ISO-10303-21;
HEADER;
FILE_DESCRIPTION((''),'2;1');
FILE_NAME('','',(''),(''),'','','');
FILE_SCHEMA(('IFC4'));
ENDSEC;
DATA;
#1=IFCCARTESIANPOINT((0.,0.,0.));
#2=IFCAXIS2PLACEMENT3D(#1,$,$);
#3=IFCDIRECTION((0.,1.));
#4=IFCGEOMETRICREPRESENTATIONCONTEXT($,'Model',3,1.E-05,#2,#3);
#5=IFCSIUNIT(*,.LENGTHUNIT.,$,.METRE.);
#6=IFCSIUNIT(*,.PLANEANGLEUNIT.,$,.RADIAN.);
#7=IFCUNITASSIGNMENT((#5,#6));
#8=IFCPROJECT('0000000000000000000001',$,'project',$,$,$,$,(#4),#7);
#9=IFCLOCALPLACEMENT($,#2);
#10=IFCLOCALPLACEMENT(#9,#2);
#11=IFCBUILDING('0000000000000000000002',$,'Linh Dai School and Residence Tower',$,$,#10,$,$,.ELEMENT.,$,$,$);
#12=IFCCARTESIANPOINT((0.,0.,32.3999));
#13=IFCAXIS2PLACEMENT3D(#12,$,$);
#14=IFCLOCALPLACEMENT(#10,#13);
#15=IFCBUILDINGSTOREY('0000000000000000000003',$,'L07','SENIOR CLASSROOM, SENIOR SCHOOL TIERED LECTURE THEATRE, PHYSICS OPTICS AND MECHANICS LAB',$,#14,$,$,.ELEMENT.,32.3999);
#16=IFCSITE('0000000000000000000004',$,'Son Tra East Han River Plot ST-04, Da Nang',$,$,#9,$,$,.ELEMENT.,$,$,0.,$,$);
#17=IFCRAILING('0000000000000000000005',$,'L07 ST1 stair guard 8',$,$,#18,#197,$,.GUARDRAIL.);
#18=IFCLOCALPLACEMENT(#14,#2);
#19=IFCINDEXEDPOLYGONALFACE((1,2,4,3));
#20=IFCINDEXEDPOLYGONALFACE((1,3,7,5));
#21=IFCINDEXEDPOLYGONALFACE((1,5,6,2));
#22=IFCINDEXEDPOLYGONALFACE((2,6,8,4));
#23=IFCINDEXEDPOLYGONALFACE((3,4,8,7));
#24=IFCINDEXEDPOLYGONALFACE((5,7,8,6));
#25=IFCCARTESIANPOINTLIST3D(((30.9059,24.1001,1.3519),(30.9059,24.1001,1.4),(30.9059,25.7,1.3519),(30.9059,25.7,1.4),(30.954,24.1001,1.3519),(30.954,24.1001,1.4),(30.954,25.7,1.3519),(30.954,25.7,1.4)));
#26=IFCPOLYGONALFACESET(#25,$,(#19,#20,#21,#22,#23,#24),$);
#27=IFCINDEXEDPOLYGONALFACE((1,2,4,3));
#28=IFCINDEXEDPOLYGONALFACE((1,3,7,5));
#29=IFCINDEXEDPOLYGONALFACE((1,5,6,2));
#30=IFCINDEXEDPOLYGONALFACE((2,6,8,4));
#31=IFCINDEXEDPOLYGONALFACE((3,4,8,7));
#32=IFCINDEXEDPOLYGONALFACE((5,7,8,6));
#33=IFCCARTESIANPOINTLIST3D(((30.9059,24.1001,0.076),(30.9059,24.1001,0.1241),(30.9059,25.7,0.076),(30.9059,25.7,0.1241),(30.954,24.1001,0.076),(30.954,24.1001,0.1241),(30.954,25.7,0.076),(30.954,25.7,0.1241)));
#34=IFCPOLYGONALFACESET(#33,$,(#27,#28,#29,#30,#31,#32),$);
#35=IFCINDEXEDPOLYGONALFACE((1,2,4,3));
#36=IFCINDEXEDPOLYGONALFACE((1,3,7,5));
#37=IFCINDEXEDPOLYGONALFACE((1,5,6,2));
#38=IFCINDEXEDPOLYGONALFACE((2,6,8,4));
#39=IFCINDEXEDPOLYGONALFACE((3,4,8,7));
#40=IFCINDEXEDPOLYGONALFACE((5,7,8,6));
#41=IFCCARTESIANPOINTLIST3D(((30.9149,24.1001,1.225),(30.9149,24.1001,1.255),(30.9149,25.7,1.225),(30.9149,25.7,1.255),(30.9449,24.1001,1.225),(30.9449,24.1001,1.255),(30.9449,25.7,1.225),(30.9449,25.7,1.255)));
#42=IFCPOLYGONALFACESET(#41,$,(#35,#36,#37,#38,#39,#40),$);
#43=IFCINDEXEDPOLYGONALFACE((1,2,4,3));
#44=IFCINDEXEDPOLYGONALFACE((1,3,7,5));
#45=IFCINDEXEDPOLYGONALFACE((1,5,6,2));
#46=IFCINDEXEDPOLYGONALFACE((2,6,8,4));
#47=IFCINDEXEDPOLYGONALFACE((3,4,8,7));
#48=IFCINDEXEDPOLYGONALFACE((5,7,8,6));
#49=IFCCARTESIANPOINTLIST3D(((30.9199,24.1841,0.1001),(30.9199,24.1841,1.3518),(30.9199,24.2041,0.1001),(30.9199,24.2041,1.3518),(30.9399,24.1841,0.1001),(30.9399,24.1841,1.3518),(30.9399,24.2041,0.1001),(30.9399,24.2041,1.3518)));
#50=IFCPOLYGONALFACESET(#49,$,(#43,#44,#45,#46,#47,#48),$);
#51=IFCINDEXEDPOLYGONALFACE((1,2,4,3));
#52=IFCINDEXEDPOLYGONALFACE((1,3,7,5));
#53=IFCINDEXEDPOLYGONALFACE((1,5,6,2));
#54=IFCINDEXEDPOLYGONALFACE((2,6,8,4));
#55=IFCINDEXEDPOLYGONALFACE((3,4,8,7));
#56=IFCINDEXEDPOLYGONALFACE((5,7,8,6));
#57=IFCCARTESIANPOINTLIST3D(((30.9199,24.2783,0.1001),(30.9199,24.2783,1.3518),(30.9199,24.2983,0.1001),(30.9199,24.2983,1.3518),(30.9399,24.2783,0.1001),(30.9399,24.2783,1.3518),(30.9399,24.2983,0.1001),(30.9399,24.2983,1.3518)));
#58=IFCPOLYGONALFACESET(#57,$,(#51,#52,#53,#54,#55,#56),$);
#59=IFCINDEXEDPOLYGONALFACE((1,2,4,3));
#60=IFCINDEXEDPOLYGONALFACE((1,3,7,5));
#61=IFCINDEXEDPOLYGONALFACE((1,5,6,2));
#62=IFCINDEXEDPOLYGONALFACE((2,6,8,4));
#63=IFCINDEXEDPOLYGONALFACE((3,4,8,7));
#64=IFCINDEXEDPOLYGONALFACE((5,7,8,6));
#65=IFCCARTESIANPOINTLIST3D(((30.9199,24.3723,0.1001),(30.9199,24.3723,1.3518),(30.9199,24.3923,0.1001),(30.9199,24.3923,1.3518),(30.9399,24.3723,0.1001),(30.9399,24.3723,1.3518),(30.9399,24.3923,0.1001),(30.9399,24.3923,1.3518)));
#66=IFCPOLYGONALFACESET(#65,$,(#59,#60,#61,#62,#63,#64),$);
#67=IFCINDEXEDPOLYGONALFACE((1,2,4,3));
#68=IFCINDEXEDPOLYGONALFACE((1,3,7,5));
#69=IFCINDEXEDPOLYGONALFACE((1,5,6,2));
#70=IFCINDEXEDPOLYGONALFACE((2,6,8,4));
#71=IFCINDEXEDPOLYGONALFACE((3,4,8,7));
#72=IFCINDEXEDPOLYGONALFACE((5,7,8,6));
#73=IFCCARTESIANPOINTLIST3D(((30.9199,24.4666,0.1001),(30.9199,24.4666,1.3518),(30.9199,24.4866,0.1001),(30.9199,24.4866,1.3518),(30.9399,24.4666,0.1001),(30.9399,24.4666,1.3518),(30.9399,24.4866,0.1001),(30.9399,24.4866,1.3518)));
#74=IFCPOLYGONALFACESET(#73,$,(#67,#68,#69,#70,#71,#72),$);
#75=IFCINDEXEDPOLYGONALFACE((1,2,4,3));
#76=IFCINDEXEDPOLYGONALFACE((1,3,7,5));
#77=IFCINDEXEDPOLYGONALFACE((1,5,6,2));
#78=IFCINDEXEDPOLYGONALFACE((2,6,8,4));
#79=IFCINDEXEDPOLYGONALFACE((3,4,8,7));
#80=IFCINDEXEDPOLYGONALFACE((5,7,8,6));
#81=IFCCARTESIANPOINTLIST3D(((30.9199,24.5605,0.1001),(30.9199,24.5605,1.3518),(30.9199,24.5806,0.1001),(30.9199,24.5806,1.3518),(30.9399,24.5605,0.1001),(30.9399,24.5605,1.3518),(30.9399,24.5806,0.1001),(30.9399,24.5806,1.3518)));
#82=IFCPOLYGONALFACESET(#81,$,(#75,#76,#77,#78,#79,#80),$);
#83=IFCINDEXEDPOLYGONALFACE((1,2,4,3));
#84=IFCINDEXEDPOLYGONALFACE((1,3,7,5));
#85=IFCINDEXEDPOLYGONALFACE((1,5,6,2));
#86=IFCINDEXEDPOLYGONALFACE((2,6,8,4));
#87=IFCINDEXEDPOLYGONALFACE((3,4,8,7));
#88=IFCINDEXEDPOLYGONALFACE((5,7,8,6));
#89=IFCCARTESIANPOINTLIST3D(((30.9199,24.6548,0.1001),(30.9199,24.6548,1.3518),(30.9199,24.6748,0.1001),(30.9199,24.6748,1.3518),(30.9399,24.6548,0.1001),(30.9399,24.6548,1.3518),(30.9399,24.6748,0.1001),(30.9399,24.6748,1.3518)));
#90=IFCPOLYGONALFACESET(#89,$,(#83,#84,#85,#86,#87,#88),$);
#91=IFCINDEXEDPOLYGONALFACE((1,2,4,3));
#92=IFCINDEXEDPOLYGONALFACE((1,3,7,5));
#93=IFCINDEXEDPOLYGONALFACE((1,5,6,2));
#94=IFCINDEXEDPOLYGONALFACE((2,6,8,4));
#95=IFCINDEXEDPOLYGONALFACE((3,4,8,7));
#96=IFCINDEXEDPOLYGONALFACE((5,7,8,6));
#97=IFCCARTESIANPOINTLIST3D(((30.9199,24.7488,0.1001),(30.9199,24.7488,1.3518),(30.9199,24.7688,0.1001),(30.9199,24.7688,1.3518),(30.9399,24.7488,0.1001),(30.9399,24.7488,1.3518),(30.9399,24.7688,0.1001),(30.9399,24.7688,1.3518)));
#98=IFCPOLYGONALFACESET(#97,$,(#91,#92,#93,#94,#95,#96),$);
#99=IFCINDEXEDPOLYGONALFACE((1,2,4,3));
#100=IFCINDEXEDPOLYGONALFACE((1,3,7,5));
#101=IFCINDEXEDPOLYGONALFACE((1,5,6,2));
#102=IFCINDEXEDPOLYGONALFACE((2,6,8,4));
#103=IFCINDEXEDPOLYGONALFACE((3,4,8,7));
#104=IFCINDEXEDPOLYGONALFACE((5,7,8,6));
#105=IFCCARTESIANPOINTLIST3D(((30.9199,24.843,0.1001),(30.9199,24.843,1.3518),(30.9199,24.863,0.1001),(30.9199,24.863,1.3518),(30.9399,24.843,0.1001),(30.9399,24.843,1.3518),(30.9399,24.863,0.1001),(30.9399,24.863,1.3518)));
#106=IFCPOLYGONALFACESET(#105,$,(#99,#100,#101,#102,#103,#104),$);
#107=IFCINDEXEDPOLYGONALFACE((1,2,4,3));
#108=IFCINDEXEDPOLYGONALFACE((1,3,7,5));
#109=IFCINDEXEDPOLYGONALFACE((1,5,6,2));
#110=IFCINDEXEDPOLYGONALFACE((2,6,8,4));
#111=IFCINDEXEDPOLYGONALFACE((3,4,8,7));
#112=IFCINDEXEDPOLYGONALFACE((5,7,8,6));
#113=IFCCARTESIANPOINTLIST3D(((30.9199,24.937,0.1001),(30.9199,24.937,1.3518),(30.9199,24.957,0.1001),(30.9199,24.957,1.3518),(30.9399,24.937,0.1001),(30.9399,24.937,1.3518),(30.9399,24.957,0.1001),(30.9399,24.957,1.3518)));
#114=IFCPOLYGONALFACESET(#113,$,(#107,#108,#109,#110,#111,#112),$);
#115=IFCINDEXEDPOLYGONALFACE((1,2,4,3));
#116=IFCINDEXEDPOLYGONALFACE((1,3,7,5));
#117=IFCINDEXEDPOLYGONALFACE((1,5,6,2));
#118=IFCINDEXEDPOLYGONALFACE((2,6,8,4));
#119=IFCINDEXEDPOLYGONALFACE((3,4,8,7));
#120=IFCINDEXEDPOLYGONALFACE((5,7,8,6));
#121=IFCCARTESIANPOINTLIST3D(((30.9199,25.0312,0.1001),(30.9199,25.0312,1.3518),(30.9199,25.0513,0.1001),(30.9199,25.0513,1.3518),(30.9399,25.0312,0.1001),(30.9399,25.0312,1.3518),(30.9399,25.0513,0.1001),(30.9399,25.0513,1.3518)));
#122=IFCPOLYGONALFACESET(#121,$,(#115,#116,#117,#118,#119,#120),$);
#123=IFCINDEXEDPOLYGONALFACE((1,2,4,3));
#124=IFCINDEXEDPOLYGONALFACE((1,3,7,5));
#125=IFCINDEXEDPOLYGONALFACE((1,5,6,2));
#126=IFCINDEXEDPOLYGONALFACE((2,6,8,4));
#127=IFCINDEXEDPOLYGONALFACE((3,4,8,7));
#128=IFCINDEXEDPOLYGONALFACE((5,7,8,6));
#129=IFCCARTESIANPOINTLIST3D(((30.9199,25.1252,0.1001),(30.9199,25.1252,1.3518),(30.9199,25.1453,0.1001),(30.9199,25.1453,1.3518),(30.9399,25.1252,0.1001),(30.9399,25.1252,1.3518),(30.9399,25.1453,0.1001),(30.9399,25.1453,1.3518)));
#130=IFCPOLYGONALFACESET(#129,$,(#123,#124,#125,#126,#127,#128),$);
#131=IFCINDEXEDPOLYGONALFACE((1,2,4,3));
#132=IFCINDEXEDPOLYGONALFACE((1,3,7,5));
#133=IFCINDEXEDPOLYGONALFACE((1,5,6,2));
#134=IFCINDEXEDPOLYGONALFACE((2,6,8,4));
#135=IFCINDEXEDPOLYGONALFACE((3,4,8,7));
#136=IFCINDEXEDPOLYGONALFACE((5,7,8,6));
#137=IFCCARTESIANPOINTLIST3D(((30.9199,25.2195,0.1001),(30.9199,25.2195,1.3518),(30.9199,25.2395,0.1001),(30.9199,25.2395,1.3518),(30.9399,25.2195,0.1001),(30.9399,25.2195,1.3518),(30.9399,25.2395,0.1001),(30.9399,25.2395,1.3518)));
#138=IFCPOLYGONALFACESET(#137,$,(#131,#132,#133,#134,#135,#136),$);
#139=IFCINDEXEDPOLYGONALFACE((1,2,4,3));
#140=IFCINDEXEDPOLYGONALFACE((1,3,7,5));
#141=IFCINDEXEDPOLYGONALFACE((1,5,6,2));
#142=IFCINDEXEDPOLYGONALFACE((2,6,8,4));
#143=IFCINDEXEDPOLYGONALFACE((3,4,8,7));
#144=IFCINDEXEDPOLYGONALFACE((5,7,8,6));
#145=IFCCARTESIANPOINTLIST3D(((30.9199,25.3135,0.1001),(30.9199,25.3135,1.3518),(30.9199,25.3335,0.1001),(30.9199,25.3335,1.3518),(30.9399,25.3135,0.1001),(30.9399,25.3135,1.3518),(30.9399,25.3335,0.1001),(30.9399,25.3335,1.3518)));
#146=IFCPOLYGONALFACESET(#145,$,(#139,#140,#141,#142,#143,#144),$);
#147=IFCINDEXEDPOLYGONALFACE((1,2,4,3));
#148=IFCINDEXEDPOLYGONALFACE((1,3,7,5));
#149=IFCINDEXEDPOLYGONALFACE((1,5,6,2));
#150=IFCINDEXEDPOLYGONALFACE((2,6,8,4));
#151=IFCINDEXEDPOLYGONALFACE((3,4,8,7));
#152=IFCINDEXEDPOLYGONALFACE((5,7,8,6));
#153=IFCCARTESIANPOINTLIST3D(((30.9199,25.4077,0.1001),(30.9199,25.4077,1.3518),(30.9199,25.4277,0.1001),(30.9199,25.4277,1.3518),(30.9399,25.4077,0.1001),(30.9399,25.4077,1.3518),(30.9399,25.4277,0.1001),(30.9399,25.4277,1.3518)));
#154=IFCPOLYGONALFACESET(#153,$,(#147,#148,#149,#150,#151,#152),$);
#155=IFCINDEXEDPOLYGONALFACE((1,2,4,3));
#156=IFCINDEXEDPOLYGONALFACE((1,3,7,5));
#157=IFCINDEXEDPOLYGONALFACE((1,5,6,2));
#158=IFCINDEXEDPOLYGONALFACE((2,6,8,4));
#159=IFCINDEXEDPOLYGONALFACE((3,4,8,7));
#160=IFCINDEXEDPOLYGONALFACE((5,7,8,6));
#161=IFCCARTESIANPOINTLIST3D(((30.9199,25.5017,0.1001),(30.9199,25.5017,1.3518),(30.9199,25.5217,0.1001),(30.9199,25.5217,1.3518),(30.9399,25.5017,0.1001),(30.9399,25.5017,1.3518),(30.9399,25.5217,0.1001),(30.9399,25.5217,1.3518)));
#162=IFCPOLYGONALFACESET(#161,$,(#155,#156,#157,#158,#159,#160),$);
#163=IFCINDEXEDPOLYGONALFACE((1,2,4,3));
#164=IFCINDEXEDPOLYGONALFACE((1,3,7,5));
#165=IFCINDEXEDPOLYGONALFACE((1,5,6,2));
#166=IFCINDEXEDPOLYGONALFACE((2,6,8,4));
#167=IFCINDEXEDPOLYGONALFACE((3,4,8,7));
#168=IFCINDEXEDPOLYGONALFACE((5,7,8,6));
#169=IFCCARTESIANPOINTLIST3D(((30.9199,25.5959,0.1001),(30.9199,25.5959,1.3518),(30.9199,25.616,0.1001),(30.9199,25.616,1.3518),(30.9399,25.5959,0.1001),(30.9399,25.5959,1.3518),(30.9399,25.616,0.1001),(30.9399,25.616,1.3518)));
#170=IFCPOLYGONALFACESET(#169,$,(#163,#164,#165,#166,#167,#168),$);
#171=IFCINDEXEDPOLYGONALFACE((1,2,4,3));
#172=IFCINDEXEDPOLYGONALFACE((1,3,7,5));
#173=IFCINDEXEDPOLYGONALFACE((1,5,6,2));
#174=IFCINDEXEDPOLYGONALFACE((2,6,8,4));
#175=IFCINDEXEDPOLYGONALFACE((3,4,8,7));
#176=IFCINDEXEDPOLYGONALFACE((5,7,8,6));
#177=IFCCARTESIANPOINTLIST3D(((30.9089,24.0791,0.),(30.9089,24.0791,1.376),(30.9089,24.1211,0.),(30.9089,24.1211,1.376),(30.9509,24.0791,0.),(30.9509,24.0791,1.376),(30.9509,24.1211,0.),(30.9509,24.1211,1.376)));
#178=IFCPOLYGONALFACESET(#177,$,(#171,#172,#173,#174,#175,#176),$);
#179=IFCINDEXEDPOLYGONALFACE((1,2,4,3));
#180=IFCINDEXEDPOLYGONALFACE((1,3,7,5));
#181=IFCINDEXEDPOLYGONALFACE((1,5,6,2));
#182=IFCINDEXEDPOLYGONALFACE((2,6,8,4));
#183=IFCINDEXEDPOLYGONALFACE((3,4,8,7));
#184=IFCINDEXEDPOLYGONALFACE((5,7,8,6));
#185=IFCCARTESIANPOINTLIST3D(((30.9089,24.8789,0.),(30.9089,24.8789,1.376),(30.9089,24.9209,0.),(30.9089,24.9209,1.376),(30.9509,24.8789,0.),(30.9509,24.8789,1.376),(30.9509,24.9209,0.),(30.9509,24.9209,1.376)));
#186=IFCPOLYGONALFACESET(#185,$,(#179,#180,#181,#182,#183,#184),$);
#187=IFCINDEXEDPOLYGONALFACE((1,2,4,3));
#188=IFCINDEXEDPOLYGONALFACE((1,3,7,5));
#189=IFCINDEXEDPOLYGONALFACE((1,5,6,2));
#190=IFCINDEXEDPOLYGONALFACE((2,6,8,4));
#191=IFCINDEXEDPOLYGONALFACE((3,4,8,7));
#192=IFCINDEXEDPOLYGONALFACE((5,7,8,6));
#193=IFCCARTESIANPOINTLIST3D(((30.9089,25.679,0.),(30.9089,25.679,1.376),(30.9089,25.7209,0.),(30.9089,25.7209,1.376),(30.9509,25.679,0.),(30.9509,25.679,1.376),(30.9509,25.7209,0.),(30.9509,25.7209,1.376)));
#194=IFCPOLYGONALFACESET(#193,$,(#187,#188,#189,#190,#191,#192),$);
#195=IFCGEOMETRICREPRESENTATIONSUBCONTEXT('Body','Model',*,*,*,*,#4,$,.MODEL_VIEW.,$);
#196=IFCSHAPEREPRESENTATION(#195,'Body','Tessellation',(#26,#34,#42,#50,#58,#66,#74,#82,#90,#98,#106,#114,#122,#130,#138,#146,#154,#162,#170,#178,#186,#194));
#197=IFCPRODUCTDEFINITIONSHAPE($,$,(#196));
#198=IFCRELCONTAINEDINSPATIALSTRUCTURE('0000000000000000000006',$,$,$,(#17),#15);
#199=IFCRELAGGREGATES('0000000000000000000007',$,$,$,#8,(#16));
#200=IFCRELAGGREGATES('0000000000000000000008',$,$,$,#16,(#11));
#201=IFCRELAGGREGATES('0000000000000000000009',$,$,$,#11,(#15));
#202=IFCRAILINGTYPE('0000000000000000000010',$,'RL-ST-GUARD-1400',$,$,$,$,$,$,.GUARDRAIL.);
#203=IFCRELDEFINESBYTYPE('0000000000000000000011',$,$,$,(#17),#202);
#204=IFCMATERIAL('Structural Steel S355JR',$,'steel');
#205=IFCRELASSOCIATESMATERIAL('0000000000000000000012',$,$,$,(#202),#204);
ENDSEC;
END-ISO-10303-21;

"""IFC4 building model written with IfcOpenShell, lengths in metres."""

from ifc_helpers import new_model, si_unit, direction, frame, origin, origin_2d, place, context, subcontext, project, spatial, rectangle, extrude, source, transform, mapped, material, type_object, element, save


model = new_model("IFC4")

# Units and contexts
model_context = context("Model", 3, precision=1e-05, world=origin(), true_north=direction((0.0, 1.0)))
body_context = subcontext(model_context, "Body", "Model", "MODEL_VIEW")
ifc_project = project(units=[si_unit("LENGTHUNIT", "METRE"), si_unit("PLANEANGLEUNIT", "RADIAN")], contexts=[model_context])

# Site, building, storey
site_placement = place(None, origin())
site = spatial("IfcSite", under=ifc_project, at=site_placement, Name="Son Tra East Han River Plot ST-04, Da Nang", CompositionType="ELEMENT", RefElevation=0.0)
building_placement = place(site_placement, origin())
building = spatial("IfcBuilding", under=site, at=building_placement, Name="Linh Dai School and Residence Tower", CompositionType="ELEMENT")
storey_placement = place(building_placement, frame((0.0, 0.0, 32.3999)))
storey = spatial("IfcBuildingStorey", under=building, at=storey_placement, Name="L07", Description="SENIOR CLASSROOM, SENIOR SCHOOL TIERED LECTURE THEATRE, PHYSICS OPTICS AND MECHANICS LAB", CompositionType="ELEMENT", Elevation=32.3999)

# Shared definitions
ifc_material_1 = material(Name="Structural Steel S355JR", Category="steel")

# Railing
railing_type_1 = type_object("IfcRailingType", Name="RL-ST-GUARD-1400", PredefinedType="GUARDRAIL", material=ifc_material_1)
shared_shape_1 = source(origin(), body_context, "Body", "SweptSolid", [
    extrude(rectangle(XDim=0.0481, YDim=0.0481, at=origin_2d()), frame((0.0, 0.0, 1.376), z_axis=(0.0, 1.0, 0.0), x_axis=(-1.0, 0.0, 0.0)), (0.0, 0.0, 1.0), 1.5999),
    extrude(rectangle(XDim=0.0481, YDim=0.0481, at=origin_2d()), frame((0.0, 0.0, 0.1001), z_axis=(0.0, 1.0, 0.0), x_axis=(-1.0, 0.0, 0.0)), (0.0, 0.0, 1.0), 1.5999),
    extrude(rectangle(XDim=0.03, YDim=0.03, at=origin_2d()), frame((0.0, 0.0, 1.24), z_axis=(0.0, 1.0, 0.0), x_axis=(-1.0, 0.0, 0.0)), (0.0, 0.0, 1.0), 1.5999),
    extrude(rectangle(XDim=0.02, YDim=0.02, at=origin_2d()), frame((0.0, 0.094, 0.1001)), (0.0, 0.0, 1.0), 1.2517),
    extrude(rectangle(XDim=0.02, YDim=0.02, at=origin_2d()), frame((0.0, 0.1882, 0.1001)), (0.0, 0.0, 1.0), 1.2517),
    extrude(rectangle(XDim=0.02, YDim=0.02, at=origin_2d()), frame((0.0, 0.2822, 0.1001)), (0.0, 0.0, 1.0), 1.2517),
    extrude(rectangle(XDim=0.02, YDim=0.02, at=origin_2d()), frame((0.0, 0.3765, 0.1001)), (0.0, 0.0, 1.0), 1.2517),
    extrude(rectangle(XDim=0.02, YDim=0.02, at=origin_2d()), frame((0.0, 0.4705, 0.1001)), (0.0, 0.0, 1.0), 1.2517),
    extrude(rectangle(XDim=0.02, YDim=0.02, at=origin_2d()), frame((0.0, 0.5647, 0.1001)), (0.0, 0.0, 1.0), 1.2517),
    extrude(rectangle(XDim=0.02, YDim=0.02, at=origin_2d()), frame((0.0, 0.6587, 0.1001)), (0.0, 0.0, 1.0), 1.2517),
    extrude(rectangle(XDim=0.02, YDim=0.02, at=origin_2d()), frame((0.0, 0.7529, 0.1001)), (0.0, 0.0, 1.0), 1.2517),
    extrude(rectangle(XDim=0.02, YDim=0.02, at=origin_2d()), frame((0.0, 0.8469, 0.1001)), (0.0, 0.0, 1.0), 1.2517),
    extrude(rectangle(XDim=0.02, YDim=0.02, at=origin_2d()), frame((0.0, 0.9412, 0.1001)), (0.0, 0.0, 1.0), 1.2517),
    extrude(rectangle(XDim=0.02, YDim=0.02, at=origin_2d()), frame((0.0, 1.0352, 0.1001)), (0.0, 0.0, 1.0), 1.2517),
    extrude(rectangle(XDim=0.02, YDim=0.02, at=origin_2d()), frame((0.0, 1.1294, 0.1001)), (0.0, 0.0, 1.0), 1.2517),
    extrude(rectangle(XDim=0.02, YDim=0.02, at=origin_2d()), frame((0.0, 1.2234, 0.1001)), (0.0, 0.0, 1.0), 1.2517),
    extrude(rectangle(XDim=0.02, YDim=0.02, at=origin_2d()), frame((0.0, 1.3176, 0.1001)), (0.0, 0.0, 1.0), 1.2517),
    extrude(rectangle(XDim=0.02, YDim=0.02, at=origin_2d()), frame((0.0, 1.4116, 0.1001)), (0.0, 0.0, 1.0), 1.2517),
    extrude(rectangle(XDim=0.02, YDim=0.02, at=origin_2d()), frame((0.0, 1.5059, 0.1001)), (0.0, 0.0, 1.0), 1.2517),
    extrude(rectangle(XDim=0.042, YDim=0.042, at=origin_2d()), origin(), (0.0, 0.0, 1.0), 1.376),
    extrude(rectangle(XDim=0.042, YDim=0.042, at=origin_2d()), frame((0.0, 0.7998, 0.0)), (0.0, 0.0, 1.0), 1.376),
    extrude(rectangle(XDim=0.042, YDim=0.042, at=origin_2d()), frame((0.0, 1.5999, 0.0)), (0.0, 0.0, 1.0), 1.376),
])
for number, where, name in (
    (1, (30.9299, 24.1001, 0.0), "L07 ST1 stair guard 8"),
):
    element("IfcRailing", number, at=place(storey_placement, frame(where)), inside=storey, type_object=railing_type_1, Name=name, PredefinedType="GUARDRAIL", context=body_context, shape_type="MappedRepresentation", body=[
        mapped(shared_shape_1, transform((0.0, 0.0, 0.0), x_axis=(1.0, 0.0, 0.0), y_axis=(0.0, 1.0, 0.0), z_axis=(0.0, 0.0, 1.0), scale=1.0)),
    ])

save(model, "model.ifc")
